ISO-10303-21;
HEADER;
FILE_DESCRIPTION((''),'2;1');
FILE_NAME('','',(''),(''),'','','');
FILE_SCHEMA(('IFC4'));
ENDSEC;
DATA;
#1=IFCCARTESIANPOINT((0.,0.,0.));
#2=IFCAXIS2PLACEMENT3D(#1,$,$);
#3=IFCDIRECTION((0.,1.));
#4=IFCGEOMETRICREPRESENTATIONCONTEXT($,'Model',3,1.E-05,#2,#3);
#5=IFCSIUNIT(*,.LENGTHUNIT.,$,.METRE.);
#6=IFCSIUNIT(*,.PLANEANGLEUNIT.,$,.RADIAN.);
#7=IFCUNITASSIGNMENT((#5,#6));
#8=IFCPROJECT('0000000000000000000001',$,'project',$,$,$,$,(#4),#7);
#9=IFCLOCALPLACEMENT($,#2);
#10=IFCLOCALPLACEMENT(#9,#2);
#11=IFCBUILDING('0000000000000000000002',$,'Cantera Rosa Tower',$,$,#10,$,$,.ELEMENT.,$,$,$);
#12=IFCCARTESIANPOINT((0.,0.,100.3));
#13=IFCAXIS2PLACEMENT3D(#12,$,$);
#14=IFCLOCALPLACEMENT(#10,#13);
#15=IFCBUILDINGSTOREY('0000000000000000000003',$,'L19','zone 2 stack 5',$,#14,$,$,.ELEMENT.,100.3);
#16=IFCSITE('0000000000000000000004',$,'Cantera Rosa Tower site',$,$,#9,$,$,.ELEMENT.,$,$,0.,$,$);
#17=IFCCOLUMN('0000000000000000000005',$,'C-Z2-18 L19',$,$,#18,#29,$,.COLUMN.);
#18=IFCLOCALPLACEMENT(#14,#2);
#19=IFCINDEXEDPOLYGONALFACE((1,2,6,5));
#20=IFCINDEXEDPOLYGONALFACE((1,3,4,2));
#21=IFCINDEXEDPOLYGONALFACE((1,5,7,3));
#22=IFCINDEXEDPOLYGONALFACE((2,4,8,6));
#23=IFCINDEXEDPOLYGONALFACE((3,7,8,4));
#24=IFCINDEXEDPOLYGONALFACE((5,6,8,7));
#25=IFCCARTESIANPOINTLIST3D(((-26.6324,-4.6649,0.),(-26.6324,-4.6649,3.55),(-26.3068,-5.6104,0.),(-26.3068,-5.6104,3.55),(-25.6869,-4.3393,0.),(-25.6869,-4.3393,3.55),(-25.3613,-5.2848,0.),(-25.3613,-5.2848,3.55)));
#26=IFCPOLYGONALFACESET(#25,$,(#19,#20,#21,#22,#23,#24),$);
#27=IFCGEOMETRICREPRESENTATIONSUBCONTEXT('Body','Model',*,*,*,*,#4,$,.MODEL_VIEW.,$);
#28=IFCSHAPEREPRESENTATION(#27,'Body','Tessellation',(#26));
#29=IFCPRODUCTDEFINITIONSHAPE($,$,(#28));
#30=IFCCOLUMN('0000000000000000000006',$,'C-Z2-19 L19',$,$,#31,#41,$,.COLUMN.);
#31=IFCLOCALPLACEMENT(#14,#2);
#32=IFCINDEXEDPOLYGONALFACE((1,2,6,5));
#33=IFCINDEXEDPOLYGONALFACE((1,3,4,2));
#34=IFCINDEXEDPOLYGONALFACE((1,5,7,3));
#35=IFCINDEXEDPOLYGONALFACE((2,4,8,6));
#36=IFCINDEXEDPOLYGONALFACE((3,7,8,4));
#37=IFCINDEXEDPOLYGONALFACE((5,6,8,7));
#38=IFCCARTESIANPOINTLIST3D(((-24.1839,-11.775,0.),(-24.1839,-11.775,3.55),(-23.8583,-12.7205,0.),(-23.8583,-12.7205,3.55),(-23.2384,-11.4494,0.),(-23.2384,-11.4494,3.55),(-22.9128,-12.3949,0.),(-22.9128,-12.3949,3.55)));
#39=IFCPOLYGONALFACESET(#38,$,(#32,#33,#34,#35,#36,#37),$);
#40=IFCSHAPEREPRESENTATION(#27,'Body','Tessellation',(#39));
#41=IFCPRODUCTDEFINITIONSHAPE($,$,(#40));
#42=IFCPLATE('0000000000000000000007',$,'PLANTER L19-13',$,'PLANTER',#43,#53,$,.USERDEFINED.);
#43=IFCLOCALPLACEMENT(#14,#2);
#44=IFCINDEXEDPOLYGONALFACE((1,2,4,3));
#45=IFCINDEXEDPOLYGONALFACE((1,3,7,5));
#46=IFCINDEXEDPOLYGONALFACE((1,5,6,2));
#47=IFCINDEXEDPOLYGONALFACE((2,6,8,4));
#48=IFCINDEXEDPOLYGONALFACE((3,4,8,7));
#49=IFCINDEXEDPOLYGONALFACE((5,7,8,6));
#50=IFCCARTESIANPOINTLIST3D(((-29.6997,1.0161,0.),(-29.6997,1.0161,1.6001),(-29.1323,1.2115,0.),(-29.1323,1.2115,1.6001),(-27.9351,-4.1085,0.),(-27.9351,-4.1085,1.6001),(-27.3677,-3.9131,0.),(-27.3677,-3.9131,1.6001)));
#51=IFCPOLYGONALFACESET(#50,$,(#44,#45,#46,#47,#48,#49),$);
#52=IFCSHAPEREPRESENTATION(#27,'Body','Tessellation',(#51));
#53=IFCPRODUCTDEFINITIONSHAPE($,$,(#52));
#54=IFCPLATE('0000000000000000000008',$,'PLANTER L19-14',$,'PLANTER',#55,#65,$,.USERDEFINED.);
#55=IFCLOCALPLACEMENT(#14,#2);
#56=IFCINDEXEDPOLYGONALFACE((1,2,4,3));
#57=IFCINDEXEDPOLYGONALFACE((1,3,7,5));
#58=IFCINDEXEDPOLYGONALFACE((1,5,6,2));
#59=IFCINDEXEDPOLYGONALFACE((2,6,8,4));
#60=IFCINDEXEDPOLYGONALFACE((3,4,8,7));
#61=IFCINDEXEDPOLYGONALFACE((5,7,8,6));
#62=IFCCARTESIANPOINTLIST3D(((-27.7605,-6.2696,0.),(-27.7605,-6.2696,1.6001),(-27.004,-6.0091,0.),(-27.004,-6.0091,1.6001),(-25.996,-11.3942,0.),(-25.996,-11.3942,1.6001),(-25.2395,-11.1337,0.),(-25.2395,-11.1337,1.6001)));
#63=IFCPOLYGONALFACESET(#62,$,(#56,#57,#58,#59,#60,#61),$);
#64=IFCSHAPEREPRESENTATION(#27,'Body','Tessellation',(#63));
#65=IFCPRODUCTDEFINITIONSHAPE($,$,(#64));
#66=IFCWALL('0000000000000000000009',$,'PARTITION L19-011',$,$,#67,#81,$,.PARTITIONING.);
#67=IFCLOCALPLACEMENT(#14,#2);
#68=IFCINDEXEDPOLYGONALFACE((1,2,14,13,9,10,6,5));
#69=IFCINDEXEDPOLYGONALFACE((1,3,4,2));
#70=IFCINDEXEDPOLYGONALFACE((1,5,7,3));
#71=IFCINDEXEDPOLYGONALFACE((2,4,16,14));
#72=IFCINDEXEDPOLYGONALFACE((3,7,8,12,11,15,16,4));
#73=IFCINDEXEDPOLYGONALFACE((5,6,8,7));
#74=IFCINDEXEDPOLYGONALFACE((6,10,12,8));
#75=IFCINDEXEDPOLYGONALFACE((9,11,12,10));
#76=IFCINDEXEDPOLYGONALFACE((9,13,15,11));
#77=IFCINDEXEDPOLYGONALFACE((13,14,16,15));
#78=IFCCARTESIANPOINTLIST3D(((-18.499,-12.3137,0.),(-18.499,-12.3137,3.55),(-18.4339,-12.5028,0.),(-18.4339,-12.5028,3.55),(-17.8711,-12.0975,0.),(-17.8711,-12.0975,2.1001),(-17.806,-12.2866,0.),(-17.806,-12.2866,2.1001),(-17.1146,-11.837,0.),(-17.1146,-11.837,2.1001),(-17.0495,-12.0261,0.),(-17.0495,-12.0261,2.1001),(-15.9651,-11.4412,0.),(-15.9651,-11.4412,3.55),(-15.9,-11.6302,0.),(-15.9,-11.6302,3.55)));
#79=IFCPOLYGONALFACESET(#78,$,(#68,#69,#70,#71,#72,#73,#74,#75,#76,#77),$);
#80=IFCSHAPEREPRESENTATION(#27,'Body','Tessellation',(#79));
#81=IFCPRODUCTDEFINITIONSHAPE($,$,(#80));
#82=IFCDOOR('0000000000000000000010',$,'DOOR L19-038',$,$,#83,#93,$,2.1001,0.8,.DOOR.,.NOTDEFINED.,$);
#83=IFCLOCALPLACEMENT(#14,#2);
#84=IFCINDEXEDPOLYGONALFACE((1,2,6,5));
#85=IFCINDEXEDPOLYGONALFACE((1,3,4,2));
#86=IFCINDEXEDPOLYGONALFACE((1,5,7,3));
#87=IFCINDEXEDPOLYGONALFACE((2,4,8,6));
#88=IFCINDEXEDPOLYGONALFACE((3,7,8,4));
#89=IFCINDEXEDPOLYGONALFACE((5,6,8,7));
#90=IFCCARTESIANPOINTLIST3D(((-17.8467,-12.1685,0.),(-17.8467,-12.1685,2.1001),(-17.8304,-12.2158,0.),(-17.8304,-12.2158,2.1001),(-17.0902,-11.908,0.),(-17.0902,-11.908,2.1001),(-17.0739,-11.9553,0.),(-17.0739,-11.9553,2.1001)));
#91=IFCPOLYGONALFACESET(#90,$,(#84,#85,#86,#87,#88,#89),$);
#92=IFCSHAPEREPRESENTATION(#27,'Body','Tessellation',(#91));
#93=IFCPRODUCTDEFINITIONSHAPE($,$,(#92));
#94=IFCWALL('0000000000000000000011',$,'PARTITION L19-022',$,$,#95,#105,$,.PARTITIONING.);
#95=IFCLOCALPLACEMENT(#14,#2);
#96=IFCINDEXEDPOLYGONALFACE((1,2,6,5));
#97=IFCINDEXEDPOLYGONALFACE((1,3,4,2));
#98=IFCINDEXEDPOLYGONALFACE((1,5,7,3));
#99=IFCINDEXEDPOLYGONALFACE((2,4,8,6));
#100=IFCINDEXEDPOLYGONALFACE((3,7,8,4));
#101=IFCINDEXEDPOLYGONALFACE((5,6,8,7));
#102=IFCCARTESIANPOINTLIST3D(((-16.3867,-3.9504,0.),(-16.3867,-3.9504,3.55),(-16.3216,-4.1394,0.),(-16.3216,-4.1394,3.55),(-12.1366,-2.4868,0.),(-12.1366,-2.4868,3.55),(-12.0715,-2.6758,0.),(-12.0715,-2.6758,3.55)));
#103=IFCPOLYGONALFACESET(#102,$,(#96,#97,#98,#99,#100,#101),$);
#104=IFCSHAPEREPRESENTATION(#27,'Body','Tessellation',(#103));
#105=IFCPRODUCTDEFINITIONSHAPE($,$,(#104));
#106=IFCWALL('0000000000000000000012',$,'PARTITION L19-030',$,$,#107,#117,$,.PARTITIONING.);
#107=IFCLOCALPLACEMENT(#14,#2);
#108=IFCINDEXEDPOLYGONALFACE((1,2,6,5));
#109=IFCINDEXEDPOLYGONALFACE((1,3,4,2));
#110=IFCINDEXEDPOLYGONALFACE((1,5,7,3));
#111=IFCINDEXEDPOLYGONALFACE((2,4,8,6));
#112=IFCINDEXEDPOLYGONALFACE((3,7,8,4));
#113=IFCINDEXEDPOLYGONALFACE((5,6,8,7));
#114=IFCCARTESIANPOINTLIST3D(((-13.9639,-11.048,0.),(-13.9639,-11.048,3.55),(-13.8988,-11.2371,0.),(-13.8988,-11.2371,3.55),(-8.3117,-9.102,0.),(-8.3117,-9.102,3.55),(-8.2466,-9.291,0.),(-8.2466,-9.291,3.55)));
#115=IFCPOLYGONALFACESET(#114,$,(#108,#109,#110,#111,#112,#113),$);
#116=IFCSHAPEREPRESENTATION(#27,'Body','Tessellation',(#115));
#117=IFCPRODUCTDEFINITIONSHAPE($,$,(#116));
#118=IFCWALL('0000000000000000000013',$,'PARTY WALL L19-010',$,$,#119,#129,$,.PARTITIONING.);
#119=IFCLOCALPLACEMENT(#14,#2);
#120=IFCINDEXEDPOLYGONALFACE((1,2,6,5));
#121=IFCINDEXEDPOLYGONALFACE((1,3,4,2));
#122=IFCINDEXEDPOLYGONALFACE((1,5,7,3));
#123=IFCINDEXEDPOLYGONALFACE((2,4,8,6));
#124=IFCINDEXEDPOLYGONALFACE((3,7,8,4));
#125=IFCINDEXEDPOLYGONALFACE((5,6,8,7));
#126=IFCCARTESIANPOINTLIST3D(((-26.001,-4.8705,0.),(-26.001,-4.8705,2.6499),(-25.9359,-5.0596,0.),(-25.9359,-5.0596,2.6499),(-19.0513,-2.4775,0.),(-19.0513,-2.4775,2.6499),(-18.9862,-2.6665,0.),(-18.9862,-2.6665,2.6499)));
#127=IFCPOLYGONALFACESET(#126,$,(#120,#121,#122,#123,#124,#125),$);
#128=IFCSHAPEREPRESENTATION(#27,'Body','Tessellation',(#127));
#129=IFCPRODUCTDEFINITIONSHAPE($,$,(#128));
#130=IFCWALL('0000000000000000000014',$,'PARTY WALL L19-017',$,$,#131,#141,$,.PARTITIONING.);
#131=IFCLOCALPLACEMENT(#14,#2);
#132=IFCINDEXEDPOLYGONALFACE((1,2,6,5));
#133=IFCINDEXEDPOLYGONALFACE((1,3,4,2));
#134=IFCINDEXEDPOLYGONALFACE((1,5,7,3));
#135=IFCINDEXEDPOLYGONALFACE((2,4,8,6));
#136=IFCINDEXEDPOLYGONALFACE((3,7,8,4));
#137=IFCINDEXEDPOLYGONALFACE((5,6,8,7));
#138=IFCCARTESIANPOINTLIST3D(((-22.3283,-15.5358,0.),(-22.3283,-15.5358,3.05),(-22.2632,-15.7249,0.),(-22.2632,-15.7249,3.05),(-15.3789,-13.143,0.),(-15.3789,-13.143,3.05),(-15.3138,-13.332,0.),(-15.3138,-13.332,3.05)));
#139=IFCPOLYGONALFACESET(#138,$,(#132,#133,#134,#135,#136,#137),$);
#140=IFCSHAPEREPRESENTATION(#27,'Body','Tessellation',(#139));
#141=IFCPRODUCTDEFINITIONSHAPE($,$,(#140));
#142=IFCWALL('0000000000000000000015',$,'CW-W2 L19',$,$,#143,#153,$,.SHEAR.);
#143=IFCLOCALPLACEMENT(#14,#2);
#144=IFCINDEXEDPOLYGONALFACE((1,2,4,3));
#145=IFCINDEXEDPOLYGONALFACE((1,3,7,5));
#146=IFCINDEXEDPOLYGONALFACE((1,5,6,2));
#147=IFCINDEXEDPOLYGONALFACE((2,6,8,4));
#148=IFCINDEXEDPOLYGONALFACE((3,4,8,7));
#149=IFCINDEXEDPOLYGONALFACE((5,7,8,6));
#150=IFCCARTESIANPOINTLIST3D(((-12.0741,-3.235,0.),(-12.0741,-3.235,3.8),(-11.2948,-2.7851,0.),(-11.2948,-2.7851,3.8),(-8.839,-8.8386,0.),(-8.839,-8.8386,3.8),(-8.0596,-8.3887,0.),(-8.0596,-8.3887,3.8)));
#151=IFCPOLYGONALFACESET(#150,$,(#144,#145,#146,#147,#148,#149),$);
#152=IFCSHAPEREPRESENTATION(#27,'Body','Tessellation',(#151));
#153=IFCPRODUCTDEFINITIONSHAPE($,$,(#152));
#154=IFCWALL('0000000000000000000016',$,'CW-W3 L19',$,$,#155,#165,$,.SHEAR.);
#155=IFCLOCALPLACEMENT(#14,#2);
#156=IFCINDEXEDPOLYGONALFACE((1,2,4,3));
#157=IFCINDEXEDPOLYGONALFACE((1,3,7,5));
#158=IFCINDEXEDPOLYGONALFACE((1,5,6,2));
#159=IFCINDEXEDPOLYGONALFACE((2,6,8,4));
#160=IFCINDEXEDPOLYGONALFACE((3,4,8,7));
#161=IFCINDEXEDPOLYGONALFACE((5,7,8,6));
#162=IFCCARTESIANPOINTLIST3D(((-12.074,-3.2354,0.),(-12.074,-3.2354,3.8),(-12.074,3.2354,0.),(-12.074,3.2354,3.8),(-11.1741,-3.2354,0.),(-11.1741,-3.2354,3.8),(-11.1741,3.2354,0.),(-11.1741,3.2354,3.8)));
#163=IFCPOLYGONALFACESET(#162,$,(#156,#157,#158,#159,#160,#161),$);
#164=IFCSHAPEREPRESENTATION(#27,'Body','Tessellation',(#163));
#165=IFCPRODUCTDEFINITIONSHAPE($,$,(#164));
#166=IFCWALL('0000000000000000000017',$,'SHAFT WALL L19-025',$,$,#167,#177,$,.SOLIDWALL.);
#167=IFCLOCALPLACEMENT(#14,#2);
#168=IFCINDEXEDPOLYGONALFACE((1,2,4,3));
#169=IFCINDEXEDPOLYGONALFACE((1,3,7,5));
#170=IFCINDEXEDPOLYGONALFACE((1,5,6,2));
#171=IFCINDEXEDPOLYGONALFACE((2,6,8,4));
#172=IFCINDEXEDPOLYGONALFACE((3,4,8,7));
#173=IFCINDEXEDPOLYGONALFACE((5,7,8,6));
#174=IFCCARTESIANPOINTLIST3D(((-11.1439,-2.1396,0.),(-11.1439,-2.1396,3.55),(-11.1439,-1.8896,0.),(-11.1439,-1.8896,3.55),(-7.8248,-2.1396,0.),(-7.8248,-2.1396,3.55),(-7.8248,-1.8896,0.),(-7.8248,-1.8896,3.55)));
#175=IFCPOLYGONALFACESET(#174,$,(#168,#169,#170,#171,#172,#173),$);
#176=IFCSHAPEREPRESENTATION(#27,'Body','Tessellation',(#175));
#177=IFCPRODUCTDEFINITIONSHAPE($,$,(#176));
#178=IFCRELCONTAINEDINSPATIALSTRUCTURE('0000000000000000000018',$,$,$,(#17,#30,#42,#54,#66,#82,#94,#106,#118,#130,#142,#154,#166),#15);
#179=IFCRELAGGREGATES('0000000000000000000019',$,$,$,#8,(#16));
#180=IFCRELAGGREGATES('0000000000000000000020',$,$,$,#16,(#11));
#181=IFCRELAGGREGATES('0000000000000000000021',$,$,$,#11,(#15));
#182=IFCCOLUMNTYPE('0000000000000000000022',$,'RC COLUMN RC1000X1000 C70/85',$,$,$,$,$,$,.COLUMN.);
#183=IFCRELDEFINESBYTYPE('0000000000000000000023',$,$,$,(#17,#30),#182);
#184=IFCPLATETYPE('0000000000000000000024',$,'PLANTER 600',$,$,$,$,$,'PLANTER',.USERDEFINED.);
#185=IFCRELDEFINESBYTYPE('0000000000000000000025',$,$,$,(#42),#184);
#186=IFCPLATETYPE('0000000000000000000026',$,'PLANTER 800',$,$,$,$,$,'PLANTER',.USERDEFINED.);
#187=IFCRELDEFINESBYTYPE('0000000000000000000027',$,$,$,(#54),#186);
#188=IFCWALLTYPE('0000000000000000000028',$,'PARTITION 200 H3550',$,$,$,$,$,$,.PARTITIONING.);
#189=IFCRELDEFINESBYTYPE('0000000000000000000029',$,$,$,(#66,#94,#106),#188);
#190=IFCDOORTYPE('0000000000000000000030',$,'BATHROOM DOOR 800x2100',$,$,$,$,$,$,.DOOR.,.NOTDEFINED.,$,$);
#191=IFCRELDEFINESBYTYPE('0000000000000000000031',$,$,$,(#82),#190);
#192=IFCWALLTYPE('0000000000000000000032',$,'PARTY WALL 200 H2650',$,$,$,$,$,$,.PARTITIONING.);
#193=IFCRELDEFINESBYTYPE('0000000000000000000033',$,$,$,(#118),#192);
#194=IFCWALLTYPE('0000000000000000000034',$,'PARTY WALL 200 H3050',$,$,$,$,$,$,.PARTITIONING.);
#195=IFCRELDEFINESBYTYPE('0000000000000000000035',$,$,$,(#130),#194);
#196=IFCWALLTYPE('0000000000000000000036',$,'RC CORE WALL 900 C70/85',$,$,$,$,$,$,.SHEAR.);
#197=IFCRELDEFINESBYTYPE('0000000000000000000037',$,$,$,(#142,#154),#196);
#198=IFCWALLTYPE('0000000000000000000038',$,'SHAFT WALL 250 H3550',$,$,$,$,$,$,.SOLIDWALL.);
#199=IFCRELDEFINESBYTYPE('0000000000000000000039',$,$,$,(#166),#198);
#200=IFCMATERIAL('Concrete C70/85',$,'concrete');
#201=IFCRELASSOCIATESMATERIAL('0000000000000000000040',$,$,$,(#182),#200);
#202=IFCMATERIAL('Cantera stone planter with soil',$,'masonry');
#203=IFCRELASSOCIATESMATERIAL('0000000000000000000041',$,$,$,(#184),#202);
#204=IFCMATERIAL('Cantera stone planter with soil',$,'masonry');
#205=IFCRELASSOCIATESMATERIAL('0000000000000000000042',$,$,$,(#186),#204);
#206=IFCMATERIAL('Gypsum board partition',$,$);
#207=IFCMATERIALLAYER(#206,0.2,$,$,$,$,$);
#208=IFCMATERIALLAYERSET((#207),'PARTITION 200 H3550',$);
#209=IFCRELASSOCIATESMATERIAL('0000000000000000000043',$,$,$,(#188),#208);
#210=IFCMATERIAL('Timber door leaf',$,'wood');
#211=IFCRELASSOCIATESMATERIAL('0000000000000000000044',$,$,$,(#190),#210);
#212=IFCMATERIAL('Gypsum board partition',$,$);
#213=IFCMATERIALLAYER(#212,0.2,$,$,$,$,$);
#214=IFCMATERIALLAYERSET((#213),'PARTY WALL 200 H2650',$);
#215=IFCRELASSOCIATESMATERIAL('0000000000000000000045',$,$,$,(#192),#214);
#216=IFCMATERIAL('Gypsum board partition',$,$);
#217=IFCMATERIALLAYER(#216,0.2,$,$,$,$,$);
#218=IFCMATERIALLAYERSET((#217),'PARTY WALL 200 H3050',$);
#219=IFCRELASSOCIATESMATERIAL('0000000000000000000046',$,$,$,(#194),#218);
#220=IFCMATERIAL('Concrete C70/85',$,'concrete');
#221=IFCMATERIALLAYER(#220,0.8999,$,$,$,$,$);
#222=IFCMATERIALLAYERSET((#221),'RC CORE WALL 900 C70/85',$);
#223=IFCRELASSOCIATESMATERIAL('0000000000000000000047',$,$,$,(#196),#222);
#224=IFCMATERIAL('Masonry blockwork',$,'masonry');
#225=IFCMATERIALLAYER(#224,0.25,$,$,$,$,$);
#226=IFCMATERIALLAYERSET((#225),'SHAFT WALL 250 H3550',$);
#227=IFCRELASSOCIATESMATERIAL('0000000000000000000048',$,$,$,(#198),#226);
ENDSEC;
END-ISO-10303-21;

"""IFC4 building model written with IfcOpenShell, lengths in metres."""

from ifc_helpers import new_model, si_unit, direction, frame, frame_2d, origin, origin_2d, place, context, subcontext, project, spatial, rectangle, extrude, material, layer, layer_set, material_profile, profile_set, type_object, element, fill, save


model = new_model("IFC4")

# Units and contexts
model_context = context("Model", 3, precision=1e-05, world=origin(), true_north=direction((0.0, 1.0)))
body_context = subcontext(model_context, "Body", "Model", "MODEL_VIEW")
ifc_project = project(units=[si_unit("LENGTHUNIT", "METRE"), si_unit("PLANEANGLEUNIT", "RADIAN")], contexts=[model_context])

# Site, building, storey
site_placement = place(None, origin())
site = spatial("IfcSite", under=ifc_project, at=site_placement, Name="Cantera Rosa Tower site", CompositionType="ELEMENT", RefElevation=0.0)
building_placement = place(site_placement, origin())
building = spatial("IfcBuilding", under=site, at=building_placement, Name="Cantera Rosa Tower", CompositionType="ELEMENT")
storey_placement = place(building_placement, frame((0.0, 0.0, 100.3)))
storey = spatial("IfcBuildingStorey", under=building, at=storey_placement, Name="L19", Description="zone 2 stack 5", CompositionType="ELEMENT", Elevation=100.3)

# Columns
ifc_material_1 = material(Name="Concrete C70/85", Category="concrete")
ifc_material_profile = material_profile(ifc_material_1, rectangle(XDim=1.0, YDim=1.0, at=origin_2d()), Name="RC COLUMN RC1000X1000 C70/85")
ifc_profile_set = profile_set([ifc_material_profile], Name="Concrete C70/85")
column_type = type_object("IfcColumnType", Name="RC COLUMN RC1000X1000 C70/85", PredefinedType="COLUMN", material=ifc_profile_set)
for number, where, z_axis, x_axis, name in (
    (1, (-25.9968, -4.9749, 0.0), (0.0, 0.0, 1.0), (0.945519, 0.325568, 0.0), "C-Z2-18 L19"),
    (2, (-23.5483, -12.085, 0.0), (0.0, 0.0, 1.0), (0.945519, 0.325568, 0.0), "C-Z2-19 L19"),
):
    element("IfcColumn", number, at=place(storey_placement, frame(where, z_axis=z_axis, x_axis=x_axis)), inside=storey, type_object=column_type, Name=name, PredefinedType="COLUMN", context=body_context, shape_type="SweptSolid", body=[
        extrude(rectangle(XDim=1.0, YDim=1.0, at=origin_2d()), origin(), (0.0, 0.0, 1.0), 3.55),
    ])

# Plates
ifc_material_2 = material(Name="Cantera stone planter with soil", Category="masonry")
plate_type_1 = type_object("IfcPlateType", Name="PLANTER 600", ElementType="PLANTER", PredefinedType="USERDEFINED", material=ifc_material_2)
plate_1_placement = place(storey_placement, frame((-28.5337, -1.4485, 0.0), z_axis=(0.0, 0.0, 1.0), x_axis=(0.325568, -0.945519, 0.0)))
element("IfcPlate", 3, at=plate_1_placement, inside=storey, type_object=plate_type_1, Name="PLANTER L19-13", ObjectType="PLANTER", PredefinedType="USERDEFINED", context=body_context, shape_type="SweptSolid", body=[
    extrude(rectangle(XDim=5.4199, YDim=0.6001, at=origin_2d()), origin(), (0.0, 0.0, 1.0), 1.6001),
])
ifc_material_3 = material(Name="Cantera stone planter with soil", Category="masonry")
plate_type_2 = type_object("IfcPlateType", Name="PLANTER 800", ElementType="PLANTER", PredefinedType="USERDEFINED", material=ifc_material_3)
plate_2_placement = place(storey_placement, frame((-26.5, -8.7017, 0.0), z_axis=(0.0, 0.0, 1.0), x_axis=(0.325568, -0.945519, 0.0)))
element("IfcPlate", 4, at=plate_2_placement, inside=storey, type_object=plate_type_2, Name="PLANTER L19-14", ObjectType="PLANTER", PredefinedType="USERDEFINED", context=body_context, shape_type="SweptSolid", body=[
    extrude(rectangle(XDim=5.4199, YDim=0.8, at=origin_2d()), origin(), (0.0, 0.0, 1.0), 1.6001),
])

# Wall, opening, door
ifc_material_4 = material(Name="Gypsum board partition")
ifc_layer_1 = layer(ifc_material_4, 0.2)
ifc_layer_set_1 = layer_set([ifc_layer_1], Name="PARTITION 200 H3550")
wall_type_1 = type_object("IfcWallType", Name="PARTITION 200 H3550", PredefinedType="PARTITIONING", material=ifc_layer_set_1)
wall_1_placement = place(storey_placement, frame((-18.4663, -12.4082, 0.0), z_axis=(0.0, 0.0, 1.0), x_axis=(0.945512, 0.325586, 0.0)))
wall_1 = element("IfcWall", 5, at=wall_1_placement, inside=storey, type_object=wall_type_1, Name="PARTITION L19-011", PredefinedType="PARTITIONING", context=body_context, shape_type="SweptSolid", body=[
    extrude(rectangle(XDim=2.6799, YDim=0.2, at=frame_2d((1.3398, 0.0))), origin(), (0.0, 0.0, 1.0), 3.55),
])
opening_1_placement = place(wall_1_placement, frame((0.6641, 0.0, 0.0)))
opening_1 = element("IfcOpeningElement", 6, at=opening_1_placement, cuts=wall_1, PredefinedType="OPENING", context=body_context, shape_type="SweptSolid", body=[
    extrude(rectangle(XDim=0.8, YDim=2.1001, at=frame_2d((0.3999, 1.05))), frame((0.0, 0.1099, 0.0), z_axis=(0.0, -1.0, 0.0), x_axis=(1.0, 0.0, 0.0)), (0.0, 0.0, 1.0), 0.22),
])
ifc_material_5 = material(Name="Timber door leaf", Category="wood")
door_type_1 = type_object("IfcDoorType", Name="BATHROOM DOOR 800x2100", OperationType="NOTDEFINED", PredefinedType="DOOR", material=ifc_material_5)
door_1_placement = place(opening_1_placement, origin())
door_1 = element("IfcDoor", 7, at=door_1_placement, inside=storey, type_object=door_type_1, Name="DOOR L19-038", OperationType="NOTDEFINED", OverallHeight=2.1001, OverallWidth=0.8, PredefinedType="DOOR", context=body_context, shape_type="SweptSolid", body=[
    extrude(rectangle(XDim=0.8, YDim=2.1001, at=frame_2d((0.3999, 1.05))), frame((0.0, 0.0249, 0.0), z_axis=(0.0, -1.0, 0.0), x_axis=(1.0, 0.0, 0.0)), (0.0, 0.0, 1.0), 0.05),
])
fill(opening_1, door_1)

# Walls
wall_2_placement = place(storey_placement, frame((-12.104, -2.5813, 0.0), z_axis=(0.0, 0.0, 1.0), x_axis=(-0.945509, -0.325597, 0.0)))
element("IfcWall", 8, at=wall_2_placement, inside=storey, type_object=wall_type_1, Name="PARTITION L19-022", PredefinedType="PARTITIONING", context=body_context, shape_type="SweptSolid", body=[
    extrude(rectangle(XDim=4.4951, YDim=0.2, at=frame_2d((2.2476, 0.0))), origin(), (0.0, 0.0, 1.0), 3.55),
])
wall_3_placement = place(storey_placement, frame((-8.2793, -9.1965, 0.0), z_axis=(0.0, 0.0, 1.0), x_axis=(-0.945525, -0.325549, 0.0)))
element("IfcWall", 9, at=wall_3_placement, inside=storey, type_object=wall_type_1, Name="PARTITION L19-030", PredefinedType="PARTITIONING", context=body_context, shape_type="SweptSolid", body=[
    extrude(rectangle(XDim=5.9778, YDim=0.2, at=frame_2d((2.9888, 0.0))), origin(), (0.0, 0.0, 1.0), 3.55),
])
ifc_material_6 = material(Name="Gypsum board partition")
ifc_layer_2 = layer(ifc_material_6, 0.2)
ifc_layer_set_2 = layer_set([ifc_layer_2], Name="PARTY WALL 200 H2650")
wall_type_2 = type_object("IfcWallType", Name="PARTY WALL 200 H2650", PredefinedType="PARTITIONING", material=ifc_layer_set_2)
wall_4_placement = place(storey_placement, frame((-19.0188, -2.572, 0.0), z_axis=(0.0, 0.0, 1.0), x_axis=(-0.945515, -0.325579, 0.0)))
element("IfcWall", 10, at=wall_4_placement, inside=storey, type_object=wall_type_2, Name="PARTY WALL L19-010", PredefinedType="PARTITIONING", context=body_context, shape_type="SweptSolid", body=[
    extrude(rectangle(XDim=7.3501, YDim=0.2, at=frame_2d((3.675, 0.0))), origin(), (0.0, 0.0, 1.0), 2.6499),
])
ifc_material_7 = material(Name="Gypsum board partition")
ifc_layer_3 = layer(ifc_material_7, 0.2)
ifc_layer_set_3 = layer_set([ifc_layer_3], Name="PARTY WALL 200 H3050")
wall_type_3 = type_object("IfcWallType", Name="PARTY WALL 200 H3050", PredefinedType="PARTITIONING", material=ifc_layer_set_3)
wall_5_placement = place(storey_placement, frame((-15.3464, -13.2375, 0.0), z_axis=(0.0, 0.0, 1.0), x_axis=(-0.945521, -0.32556, 0.0)))
element("IfcWall", 11, at=wall_5_placement, inside=storey, type_object=wall_type_3, Name="PARTY WALL L19-017", PredefinedType="PARTITIONING", context=body_context, shape_type="SweptSolid", body=[
    extrude(rectangle(XDim=7.3499, YDim=0.2, at=frame_2d((3.6748, 0.0))), origin(), (0.0, 0.0, 1.0), 3.05),
])
ifc_material_8 = material(Name="Concrete C70/85", Category="concrete")
ifc_layer_4 = layer(ifc_material_8, 0.8999)
ifc_layer_set_4 = layer_set([ifc_layer_4], Name="RC CORE WALL 900 C70/85")
wall_type_4 = type_object("IfcWallType", Name="RC CORE WALL 900 C70/85", PredefinedType="SHEAR", material=ifc_layer_set_4)
wall_6_placement = place(storey_placement, frame((-8.4492, -8.6138, 0.0), z_axis=(0.0, 0.0, 1.0), x_axis=(-0.49999, 0.866031, 0.0)))
element("IfcWall", 12, at=wall_6_placement, inside=storey, type_object=wall_type_4, Name="CW-W2 L19", PredefinedType="SHEAR", context=body_context, shape_type="SweptSolid", body=[
    extrude(rectangle(XDim=6.4705, YDim=0.8999, at=frame_2d((3.2354, 0.0))), origin(), (0.0, 0.0, 1.0), 3.8),
])
wall_7_placement = place(storey_placement, frame((-11.624, -3.2354, 0.0), z_axis=(0.0, 0.0, 1.0), x_axis=(0.0, 1.0, 0.0)))
element("IfcWall", 13, at=wall_7_placement, inside=storey, type_object=wall_type_4, Name="CW-W3 L19", PredefinedType="SHEAR", context=body_context, shape_type="SweptSolid", body=[
    extrude(rectangle(XDim=6.4707, YDim=0.8999, at=frame_2d((3.2354, 0.0))), origin(), (0.0, 0.0, 1.0), 3.8),
])
ifc_material_9 = material(Name="Masonry blockwork", Category="masonry")
ifc_layer_5 = layer(ifc_material_9, 0.25)
ifc_layer_set_5 = layer_set([ifc_layer_5], Name="SHAFT WALL 250 H3550")
wall_type_5 = type_object("IfcWallType", Name="SHAFT WALL 250 H3550", PredefinedType="SOLIDWALL", material=ifc_layer_set_5)
wall_8_placement = place(storey_placement, frame((-11.144, -2.0146, 0.0), z_axis=(0.0, 0.0, 1.0), x_axis=(1.0, 0.0, 0.0)))
element("IfcWall", 14, at=wall_8_placement, inside=storey, type_object=wall_type_5, Name="SHAFT WALL L19-025", PredefinedType="SOLIDWALL", context=body_context, shape_type="SweptSolid", body=[
    extrude(rectangle(XDim=3.3191, YDim=0.25, at=frame_2d((1.6597, 0.0))), origin(), (0.0, 0.0, 1.0), 3.55),
])

save(model, "model.ifc")
